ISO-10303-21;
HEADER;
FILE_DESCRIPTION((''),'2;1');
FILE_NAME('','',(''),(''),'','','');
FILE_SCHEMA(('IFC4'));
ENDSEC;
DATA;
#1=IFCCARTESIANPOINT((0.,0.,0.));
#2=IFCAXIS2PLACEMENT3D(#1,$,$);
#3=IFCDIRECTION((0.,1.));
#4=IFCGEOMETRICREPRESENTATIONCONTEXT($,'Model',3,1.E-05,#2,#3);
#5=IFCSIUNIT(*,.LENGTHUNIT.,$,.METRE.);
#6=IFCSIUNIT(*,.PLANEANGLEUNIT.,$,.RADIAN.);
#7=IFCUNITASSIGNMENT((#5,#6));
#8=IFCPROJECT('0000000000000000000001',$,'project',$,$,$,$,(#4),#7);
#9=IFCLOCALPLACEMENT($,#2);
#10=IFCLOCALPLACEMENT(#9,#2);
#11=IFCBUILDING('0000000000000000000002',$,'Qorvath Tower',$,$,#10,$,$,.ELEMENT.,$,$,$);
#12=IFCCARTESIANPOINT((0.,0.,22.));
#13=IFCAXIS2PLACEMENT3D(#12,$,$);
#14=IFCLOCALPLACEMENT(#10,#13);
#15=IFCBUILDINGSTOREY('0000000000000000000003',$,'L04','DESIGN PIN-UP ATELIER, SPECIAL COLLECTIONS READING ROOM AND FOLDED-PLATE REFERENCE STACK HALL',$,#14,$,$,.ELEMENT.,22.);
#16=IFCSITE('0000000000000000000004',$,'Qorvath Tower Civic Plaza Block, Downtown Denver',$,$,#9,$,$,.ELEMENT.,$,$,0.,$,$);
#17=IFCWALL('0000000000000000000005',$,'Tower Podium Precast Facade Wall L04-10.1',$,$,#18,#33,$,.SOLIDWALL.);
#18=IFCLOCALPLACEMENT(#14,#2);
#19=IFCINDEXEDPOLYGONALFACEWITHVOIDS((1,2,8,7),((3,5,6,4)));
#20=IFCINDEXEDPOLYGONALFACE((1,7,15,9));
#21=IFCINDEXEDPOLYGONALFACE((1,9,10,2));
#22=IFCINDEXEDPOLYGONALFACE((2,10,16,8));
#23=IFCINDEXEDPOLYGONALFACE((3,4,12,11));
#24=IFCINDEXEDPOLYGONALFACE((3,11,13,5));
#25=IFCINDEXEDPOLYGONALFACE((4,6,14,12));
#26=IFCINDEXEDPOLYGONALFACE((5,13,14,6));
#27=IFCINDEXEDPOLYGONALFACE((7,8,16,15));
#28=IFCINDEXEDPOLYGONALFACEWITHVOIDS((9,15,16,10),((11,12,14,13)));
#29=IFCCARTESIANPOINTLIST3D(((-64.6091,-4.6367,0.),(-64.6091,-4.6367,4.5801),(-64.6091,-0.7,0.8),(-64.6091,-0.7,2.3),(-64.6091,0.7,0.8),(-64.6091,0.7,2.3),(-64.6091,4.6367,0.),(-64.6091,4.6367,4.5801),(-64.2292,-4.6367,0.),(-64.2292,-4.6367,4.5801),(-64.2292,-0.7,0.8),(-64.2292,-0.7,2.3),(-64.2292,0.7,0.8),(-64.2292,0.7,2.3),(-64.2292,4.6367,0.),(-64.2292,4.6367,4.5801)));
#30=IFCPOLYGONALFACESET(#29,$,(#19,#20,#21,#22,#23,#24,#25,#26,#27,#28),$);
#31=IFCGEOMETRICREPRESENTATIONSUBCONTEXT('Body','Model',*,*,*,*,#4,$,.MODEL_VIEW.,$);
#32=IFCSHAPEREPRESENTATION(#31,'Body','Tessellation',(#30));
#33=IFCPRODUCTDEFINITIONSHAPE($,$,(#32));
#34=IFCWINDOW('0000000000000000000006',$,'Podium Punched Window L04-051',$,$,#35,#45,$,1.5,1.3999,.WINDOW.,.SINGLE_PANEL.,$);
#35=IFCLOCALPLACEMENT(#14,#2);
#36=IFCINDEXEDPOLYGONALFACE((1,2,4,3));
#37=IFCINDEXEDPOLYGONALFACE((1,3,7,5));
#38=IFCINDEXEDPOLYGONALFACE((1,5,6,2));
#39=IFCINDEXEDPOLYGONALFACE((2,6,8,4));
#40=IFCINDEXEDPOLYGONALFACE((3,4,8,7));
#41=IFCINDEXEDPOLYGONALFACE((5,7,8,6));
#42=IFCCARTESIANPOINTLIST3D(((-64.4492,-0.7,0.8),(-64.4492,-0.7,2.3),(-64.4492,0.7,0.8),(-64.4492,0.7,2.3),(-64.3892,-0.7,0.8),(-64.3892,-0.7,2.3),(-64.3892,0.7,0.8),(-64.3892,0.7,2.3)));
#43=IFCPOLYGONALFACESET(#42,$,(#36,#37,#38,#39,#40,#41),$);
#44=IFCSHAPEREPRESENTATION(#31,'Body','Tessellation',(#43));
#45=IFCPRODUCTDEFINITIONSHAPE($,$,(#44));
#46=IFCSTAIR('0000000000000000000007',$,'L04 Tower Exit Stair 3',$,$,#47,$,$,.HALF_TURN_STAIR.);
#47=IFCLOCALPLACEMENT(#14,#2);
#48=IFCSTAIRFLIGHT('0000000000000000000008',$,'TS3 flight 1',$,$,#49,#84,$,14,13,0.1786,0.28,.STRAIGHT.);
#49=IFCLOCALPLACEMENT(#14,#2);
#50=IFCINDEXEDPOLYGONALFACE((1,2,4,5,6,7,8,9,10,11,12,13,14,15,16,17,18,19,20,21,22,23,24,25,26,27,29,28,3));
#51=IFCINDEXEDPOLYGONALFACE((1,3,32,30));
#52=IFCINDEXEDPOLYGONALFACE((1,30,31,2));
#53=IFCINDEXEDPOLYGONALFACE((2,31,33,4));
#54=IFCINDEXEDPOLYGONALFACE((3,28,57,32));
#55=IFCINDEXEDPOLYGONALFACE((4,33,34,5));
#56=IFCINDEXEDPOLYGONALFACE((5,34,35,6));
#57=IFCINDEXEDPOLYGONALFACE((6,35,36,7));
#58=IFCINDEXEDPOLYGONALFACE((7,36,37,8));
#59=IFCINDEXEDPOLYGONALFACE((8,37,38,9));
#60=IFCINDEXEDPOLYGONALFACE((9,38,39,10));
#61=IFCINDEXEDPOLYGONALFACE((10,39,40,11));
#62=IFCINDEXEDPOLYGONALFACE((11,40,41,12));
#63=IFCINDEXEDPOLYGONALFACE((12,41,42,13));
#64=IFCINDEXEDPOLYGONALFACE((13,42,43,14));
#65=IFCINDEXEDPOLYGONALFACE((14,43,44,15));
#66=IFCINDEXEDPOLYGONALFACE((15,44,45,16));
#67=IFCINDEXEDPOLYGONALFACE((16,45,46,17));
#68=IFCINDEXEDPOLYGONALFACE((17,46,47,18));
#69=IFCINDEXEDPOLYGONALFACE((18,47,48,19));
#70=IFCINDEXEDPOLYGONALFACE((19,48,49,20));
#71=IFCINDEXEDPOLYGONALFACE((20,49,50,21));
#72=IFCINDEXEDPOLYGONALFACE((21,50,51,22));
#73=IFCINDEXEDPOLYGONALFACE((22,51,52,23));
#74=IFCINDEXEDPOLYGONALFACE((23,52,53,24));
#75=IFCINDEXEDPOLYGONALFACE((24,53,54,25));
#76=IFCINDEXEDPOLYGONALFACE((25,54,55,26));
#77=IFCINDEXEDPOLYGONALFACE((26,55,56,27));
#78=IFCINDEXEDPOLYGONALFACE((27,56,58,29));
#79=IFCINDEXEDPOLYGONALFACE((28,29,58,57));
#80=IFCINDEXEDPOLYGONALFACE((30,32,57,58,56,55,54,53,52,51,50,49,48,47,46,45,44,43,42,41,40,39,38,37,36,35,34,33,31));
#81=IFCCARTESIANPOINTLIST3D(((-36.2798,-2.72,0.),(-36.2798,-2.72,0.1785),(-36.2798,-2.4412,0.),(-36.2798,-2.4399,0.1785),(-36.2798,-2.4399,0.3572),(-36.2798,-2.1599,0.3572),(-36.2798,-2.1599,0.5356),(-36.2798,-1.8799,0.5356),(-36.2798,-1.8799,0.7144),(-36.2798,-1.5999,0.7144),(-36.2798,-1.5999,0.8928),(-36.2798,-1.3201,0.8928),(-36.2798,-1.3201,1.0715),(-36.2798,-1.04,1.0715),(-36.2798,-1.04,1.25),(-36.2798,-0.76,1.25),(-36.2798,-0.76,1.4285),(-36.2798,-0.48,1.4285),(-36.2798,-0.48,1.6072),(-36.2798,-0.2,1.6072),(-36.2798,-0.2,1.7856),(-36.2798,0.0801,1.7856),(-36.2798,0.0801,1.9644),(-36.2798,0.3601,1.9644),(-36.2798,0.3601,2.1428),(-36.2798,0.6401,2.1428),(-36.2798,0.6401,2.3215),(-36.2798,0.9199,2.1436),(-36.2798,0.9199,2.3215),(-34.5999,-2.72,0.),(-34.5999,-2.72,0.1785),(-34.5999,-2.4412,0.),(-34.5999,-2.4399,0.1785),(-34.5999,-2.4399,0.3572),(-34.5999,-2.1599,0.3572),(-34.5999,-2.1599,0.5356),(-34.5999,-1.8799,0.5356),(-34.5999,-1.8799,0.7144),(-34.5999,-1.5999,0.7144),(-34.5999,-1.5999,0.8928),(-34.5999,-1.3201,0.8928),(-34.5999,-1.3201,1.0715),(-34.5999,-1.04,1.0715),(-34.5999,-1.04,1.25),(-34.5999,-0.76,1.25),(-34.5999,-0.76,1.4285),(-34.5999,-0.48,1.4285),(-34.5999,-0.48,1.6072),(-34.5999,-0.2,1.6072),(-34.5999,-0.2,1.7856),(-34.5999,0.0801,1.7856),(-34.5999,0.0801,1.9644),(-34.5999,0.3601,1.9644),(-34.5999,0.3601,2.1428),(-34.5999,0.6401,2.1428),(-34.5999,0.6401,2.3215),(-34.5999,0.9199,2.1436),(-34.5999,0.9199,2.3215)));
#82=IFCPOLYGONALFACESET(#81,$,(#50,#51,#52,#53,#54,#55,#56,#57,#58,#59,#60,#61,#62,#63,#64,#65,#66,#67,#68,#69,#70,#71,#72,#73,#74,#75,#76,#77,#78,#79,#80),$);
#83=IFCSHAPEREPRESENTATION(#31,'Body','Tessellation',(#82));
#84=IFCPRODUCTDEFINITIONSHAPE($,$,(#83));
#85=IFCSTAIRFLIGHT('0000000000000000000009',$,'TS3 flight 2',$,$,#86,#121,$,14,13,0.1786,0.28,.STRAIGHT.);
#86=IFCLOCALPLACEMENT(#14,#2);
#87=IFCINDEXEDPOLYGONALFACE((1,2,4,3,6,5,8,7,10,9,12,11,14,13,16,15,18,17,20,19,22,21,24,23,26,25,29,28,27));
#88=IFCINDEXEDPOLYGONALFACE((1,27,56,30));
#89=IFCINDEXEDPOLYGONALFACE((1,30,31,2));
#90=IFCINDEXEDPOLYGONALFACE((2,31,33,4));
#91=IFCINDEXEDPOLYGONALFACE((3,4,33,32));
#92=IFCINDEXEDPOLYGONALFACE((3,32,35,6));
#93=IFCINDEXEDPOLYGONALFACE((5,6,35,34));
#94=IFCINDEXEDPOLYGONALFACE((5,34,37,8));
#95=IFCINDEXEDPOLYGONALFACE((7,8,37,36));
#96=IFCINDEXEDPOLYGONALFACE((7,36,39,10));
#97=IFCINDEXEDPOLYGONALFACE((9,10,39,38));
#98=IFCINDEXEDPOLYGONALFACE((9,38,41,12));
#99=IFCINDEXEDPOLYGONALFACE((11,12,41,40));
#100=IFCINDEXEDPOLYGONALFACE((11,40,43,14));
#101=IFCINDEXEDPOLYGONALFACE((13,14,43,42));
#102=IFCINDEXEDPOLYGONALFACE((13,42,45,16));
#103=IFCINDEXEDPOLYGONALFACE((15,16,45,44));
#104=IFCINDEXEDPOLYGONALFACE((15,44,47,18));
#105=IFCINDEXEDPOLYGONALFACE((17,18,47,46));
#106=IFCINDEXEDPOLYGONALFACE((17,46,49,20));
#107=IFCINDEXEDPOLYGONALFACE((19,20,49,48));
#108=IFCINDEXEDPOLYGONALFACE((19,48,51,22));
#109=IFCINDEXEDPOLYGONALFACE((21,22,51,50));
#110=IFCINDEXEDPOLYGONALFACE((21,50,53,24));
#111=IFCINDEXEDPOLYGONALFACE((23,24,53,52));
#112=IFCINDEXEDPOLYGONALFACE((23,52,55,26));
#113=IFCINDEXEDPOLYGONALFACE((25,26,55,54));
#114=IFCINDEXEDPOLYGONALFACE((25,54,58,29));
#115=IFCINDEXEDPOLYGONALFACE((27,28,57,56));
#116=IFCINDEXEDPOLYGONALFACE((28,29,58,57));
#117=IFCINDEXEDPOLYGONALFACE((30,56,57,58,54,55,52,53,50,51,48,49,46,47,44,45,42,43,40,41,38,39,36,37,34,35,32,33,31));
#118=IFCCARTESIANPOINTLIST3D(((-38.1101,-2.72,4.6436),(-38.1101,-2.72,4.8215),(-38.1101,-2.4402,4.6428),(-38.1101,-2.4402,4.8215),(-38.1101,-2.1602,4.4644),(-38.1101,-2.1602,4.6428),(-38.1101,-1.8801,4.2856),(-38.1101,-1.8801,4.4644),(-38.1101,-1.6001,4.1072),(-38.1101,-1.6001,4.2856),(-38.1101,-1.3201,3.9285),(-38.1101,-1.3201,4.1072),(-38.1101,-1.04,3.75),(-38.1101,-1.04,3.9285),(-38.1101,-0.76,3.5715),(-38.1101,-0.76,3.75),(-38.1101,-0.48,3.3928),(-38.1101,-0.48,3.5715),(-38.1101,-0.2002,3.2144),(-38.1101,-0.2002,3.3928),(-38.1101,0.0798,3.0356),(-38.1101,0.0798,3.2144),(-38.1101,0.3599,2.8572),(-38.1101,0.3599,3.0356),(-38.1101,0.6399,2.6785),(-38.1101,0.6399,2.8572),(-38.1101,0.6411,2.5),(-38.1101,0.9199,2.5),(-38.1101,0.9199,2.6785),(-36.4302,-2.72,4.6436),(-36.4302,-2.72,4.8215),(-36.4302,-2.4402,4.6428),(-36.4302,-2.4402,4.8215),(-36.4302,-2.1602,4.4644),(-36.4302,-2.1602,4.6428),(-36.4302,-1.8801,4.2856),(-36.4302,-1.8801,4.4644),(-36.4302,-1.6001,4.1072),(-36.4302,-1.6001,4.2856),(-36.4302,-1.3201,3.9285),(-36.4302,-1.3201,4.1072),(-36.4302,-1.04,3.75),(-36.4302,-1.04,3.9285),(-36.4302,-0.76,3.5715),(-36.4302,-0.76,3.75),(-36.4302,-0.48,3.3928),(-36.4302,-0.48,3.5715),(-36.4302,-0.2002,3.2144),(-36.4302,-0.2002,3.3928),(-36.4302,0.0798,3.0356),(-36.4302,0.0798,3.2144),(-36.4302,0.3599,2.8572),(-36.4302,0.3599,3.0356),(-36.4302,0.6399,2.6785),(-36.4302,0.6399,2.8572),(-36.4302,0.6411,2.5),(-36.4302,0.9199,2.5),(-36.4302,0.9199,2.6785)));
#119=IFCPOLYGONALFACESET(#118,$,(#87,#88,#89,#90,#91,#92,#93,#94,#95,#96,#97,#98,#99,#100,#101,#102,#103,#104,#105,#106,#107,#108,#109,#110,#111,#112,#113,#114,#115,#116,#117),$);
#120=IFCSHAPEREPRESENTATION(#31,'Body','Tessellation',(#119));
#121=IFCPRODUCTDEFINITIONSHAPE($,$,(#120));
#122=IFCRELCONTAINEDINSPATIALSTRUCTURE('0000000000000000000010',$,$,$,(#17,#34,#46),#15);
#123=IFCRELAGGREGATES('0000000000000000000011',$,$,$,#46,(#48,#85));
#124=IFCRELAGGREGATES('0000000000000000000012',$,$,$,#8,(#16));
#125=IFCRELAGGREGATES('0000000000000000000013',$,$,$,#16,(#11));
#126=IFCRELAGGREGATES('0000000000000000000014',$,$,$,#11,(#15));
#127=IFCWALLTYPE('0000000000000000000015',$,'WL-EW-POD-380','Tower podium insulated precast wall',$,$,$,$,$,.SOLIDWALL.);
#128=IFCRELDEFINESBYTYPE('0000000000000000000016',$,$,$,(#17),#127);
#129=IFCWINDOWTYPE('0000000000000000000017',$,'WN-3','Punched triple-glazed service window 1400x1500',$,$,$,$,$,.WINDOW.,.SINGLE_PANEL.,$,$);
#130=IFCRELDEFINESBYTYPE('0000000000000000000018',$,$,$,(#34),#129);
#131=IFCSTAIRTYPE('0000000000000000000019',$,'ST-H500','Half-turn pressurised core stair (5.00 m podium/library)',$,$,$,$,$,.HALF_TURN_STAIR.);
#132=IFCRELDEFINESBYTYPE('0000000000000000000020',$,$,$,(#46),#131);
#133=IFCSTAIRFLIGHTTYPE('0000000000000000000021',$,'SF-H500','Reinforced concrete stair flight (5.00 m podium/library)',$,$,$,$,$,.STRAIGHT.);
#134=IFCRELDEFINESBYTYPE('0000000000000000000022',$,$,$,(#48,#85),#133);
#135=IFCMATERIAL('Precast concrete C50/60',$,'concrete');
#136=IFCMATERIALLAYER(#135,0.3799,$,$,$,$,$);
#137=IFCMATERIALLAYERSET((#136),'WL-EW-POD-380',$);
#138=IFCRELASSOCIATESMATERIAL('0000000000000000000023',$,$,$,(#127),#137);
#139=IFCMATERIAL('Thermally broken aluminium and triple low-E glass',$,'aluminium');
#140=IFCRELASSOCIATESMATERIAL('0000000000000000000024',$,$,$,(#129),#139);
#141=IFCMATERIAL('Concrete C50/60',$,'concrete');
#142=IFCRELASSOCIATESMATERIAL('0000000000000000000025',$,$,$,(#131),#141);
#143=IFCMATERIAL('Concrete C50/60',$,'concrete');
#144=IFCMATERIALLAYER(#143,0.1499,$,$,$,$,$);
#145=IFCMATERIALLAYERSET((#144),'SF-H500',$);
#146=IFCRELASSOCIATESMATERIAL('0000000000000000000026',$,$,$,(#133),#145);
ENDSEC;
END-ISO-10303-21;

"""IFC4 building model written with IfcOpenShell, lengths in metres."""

from ifc_helpers import new_model, si_unit, direction, frame, frame_2d, origin, place, context, subcontext, project, spatial, polyline, rectangle, outline, extrude, material, layer, layer_set, type_object, element, fill, aggregate, save


model = new_model("IFC4")

# Units and contexts
model_context = context("Model", 3, precision=1e-05, world=origin(), true_north=direction((0.0, 1.0)))
body_context = subcontext(model_context, "Body", "Model", "MODEL_VIEW")
ifc_project = project(units=[si_unit("LENGTHUNIT", "METRE"), si_unit("PLANEANGLEUNIT", "RADIAN")], contexts=[model_context])

# Site, building, storey
site_placement = place(None, origin())
site = spatial("IfcSite", under=ifc_project, at=site_placement, Name="Qorvath Tower Civic Plaza Block, Downtown Denver", CompositionType="ELEMENT", RefElevation=0.0)
building_placement = place(site_placement, origin())
building = spatial("IfcBuilding", under=site, at=building_placement, Name="Qorvath Tower", CompositionType="ELEMENT")
storey_placement = place(building_placement, frame((0.0, 0.0, 22.0)))
storey = spatial("IfcBuildingStorey", under=building, at=storey_placement, Name="L04", Description="DESIGN PIN-UP ATELIER, SPECIAL COLLECTIONS READING ROOM AND FOLDED-PLATE REFERENCE STACK HALL", CompositionType="ELEMENT", Elevation=22.0)

# Wall, opening, window
ifc_material_1 = material(Name="Precast concrete C50/60", Category="concrete")
ifc_layer_1 = layer(ifc_material_1, 0.3799)
ifc_layer_set_1 = layer_set([ifc_layer_1], Name="WL-EW-POD-380")
wall_type_1 = type_object("IfcWallType", Name="WL-EW-POD-380", Description="Tower podium insulated precast wall", PredefinedType="SOLIDWALL", material=ifc_layer_set_1)
wall_1_placement = place(storey_placement, frame((-64.4192, -4.6367, 0.0), z_axis=(0.0, 0.0, 1.0), x_axis=(0.0, 1.0, 0.0)))
wall_1 = element("IfcWall", 1, at=wall_1_placement, inside=storey, type_object=wall_type_1, Name="Tower Podium Precast Facade Wall L04-10.1", PredefinedType="SOLIDWALL", context=body_context, shape_type="SweptSolid", body=[
    extrude(rectangle(XDim=9.2734, YDim=0.3799, at=frame_2d((4.6367, 0.0))), origin(), (0.0, 0.0, 1.0), 4.5801),
])
opening_1_placement = place(wall_1_placement, frame((3.9368, 0.0, 0.8)))
opening_1 = element("IfcOpeningElement", 2, at=opening_1_placement, cuts=wall_1, PredefinedType="OPENING", context=body_context, shape_type="SweptSolid", body=[
    extrude(rectangle(XDim=1.3999, YDim=1.5, at=frame_2d((0.7, 0.75))), frame((0.0, 0.2, 0.0), z_axis=(0.0, -1.0, 0.0), x_axis=(1.0, 0.0, 0.0)), (0.0, 0.0, 1.0), 0.3999),
])
ifc_material_2 = material(Name="Thermally broken aluminium and triple low-E glass", Category="aluminium")
window_type = type_object("IfcWindowType", Name="WN-3", Description="Punched triple-glazed service window 1400x1500", PartitioningType="SINGLE_PANEL", PredefinedType="WINDOW", material=ifc_material_2)
window_placement = place(opening_1_placement, origin())
window = element("IfcWindow", 3, at=window_placement, inside=storey, type_object=window_type, Name="Podium Punched Window L04-051", OverallHeight=1.5, OverallWidth=1.3999, PartitioningType="SINGLE_PANEL", PredefinedType="WINDOW", context=body_context, shape_type="SweptSolid", body=[
    extrude(rectangle(XDim=1.3999, YDim=1.5, at=frame_2d((0.7, 0.75))), frame((0.0, 0.03, 0.0), z_axis=(0.0, -1.0, 0.0), x_axis=(1.0, 0.0, 0.0)), (0.0, 0.0, 1.0), 0.0601),
])
fill(opening_1, window)

# Stair, stair flights
ifc_material_3 = material(Name="Concrete C50/60", Category="concrete")
stair_type = type_object("IfcStairType", Name="ST-H500", Description="Half-turn pressurised core stair (5.00 m podium/library)", PredefinedType="HALF_TURN_STAIR", material=ifc_material_3)
stair_placement = place(storey_placement, origin())
stair = element("IfcStair", 4, at=stair_placement, inside=storey, type_object=stair_type, Name="L04 Tower Exit Stair 3", PredefinedType="HALF_TURN_STAIR")
ifc_material_4 = material(Name="Concrete C50/60", Category="concrete")
ifc_layer_2 = layer(ifc_material_4, 0.1499)
ifc_layer_set_2 = layer_set([ifc_layer_2], Name="SF-H500")
stair_flight_type = type_object("IfcStairFlightType", Name="SF-H500", Description="Reinforced concrete stair flight (5.00 m podium/library)", PredefinedType="STRAIGHT", material=ifc_layer_set_2)
stair_flight_1_placement = place(storey_placement, frame((-35.4399, -2.72, 0.0), z_axis=(0.0, 0.0, 1.0), x_axis=(0.0, 1.0, 0.0)))
stair_flight_1 = element("IfcStairFlight", 5, at=stair_flight_1_placement, type_object=stair_flight_type, Name="TS3 flight 1", NumberOfRisers=14, NumberOfTreads=13, PredefinedType="STRAIGHT", RiserHeight=0.1786, TreadLength=0.28, context=body_context, shape_type="SweptSolid", body=[
    extrude(outline(polyline([(0.0, 0.0), (0.0, 0.1785), (0.28, 0.1785), (0.28, 0.3572), (0.5601, 0.3572), (0.5601, 0.5356), (0.8401, 0.5356), (0.8401, 0.7144), (1.1201, 0.7144), (1.1201, 0.8928), (1.3999, 0.8928), (1.3999, 1.0715), (1.6799, 1.0715), (1.6799, 1.25), (1.96, 1.25), (1.96, 1.4285), (2.24, 1.4285), (2.24, 1.6072), (2.52, 1.6072), (2.52, 1.7856), (2.8, 1.7856), (2.8, 1.9644), (3.0801, 1.9644), (3.0801, 2.1428), (3.3601, 2.1428), (3.3601, 2.3215), (3.6399, 2.3215), (3.6399, 2.5), (3.6399, 2.1436), (0.2788, 0.0), (0.0, 0.0)])), frame((0.0, 0.8398, 0.0), z_axis=(0.0, -1.0, 0.0), x_axis=(1.0, 0.0, 0.0)), (0.0, 0.0, 1.0), 1.6799),
])
stair_flight_2_placement = place(storey_placement, frame((-37.27, 0.9199, 2.5), z_axis=(0.0, 0.0, 1.0), x_axis=(0.0, -1.0, 0.0)))
stair_flight_2 = element("IfcStairFlight", 6, at=stair_flight_2_placement, type_object=stair_flight_type, Name="TS3 flight 2", NumberOfRisers=14, NumberOfTreads=13, PredefinedType="STRAIGHT", RiserHeight=0.1786, TreadLength=0.28, context=body_context, shape_type="SweptSolid", body=[
    extrude(outline(polyline([(0.0, 0.0), (0.0, 0.1785), (0.28, 0.1785), (0.28, 0.3572), (0.5601, 0.3572), (0.5601, 0.5356), (0.8401, 0.5356), (0.8401, 0.7144), (1.1201, 0.7144), (1.1201, 0.8928), (1.3999, 0.8928), (1.3999, 1.0715), (1.6799, 1.0715), (1.6799, 1.25), (1.96, 1.25), (1.96, 1.4285), (2.24, 1.4285), (2.24, 1.6072), (2.52, 1.6072), (2.52, 1.7856), (2.8, 1.7856), (2.8, 1.9644), (3.0801, 1.9644), (3.0801, 2.1428), (3.3601, 2.1428), (3.3601, 2.3215), (3.6399, 2.3215), (3.6399, 2.5), (3.6399, 2.1436), (0.2788, 0.0), (0.0, 0.0)])), frame((0.0, 0.8398, 0.0), z_axis=(0.0, -1.0, 0.0), x_axis=(1.0, 0.0, 0.0)), (0.0, 0.0, 1.0), 1.6799),
])
aggregate(stair, [stair_flight_1, stair_flight_2])

save(model, "model.ifc")
